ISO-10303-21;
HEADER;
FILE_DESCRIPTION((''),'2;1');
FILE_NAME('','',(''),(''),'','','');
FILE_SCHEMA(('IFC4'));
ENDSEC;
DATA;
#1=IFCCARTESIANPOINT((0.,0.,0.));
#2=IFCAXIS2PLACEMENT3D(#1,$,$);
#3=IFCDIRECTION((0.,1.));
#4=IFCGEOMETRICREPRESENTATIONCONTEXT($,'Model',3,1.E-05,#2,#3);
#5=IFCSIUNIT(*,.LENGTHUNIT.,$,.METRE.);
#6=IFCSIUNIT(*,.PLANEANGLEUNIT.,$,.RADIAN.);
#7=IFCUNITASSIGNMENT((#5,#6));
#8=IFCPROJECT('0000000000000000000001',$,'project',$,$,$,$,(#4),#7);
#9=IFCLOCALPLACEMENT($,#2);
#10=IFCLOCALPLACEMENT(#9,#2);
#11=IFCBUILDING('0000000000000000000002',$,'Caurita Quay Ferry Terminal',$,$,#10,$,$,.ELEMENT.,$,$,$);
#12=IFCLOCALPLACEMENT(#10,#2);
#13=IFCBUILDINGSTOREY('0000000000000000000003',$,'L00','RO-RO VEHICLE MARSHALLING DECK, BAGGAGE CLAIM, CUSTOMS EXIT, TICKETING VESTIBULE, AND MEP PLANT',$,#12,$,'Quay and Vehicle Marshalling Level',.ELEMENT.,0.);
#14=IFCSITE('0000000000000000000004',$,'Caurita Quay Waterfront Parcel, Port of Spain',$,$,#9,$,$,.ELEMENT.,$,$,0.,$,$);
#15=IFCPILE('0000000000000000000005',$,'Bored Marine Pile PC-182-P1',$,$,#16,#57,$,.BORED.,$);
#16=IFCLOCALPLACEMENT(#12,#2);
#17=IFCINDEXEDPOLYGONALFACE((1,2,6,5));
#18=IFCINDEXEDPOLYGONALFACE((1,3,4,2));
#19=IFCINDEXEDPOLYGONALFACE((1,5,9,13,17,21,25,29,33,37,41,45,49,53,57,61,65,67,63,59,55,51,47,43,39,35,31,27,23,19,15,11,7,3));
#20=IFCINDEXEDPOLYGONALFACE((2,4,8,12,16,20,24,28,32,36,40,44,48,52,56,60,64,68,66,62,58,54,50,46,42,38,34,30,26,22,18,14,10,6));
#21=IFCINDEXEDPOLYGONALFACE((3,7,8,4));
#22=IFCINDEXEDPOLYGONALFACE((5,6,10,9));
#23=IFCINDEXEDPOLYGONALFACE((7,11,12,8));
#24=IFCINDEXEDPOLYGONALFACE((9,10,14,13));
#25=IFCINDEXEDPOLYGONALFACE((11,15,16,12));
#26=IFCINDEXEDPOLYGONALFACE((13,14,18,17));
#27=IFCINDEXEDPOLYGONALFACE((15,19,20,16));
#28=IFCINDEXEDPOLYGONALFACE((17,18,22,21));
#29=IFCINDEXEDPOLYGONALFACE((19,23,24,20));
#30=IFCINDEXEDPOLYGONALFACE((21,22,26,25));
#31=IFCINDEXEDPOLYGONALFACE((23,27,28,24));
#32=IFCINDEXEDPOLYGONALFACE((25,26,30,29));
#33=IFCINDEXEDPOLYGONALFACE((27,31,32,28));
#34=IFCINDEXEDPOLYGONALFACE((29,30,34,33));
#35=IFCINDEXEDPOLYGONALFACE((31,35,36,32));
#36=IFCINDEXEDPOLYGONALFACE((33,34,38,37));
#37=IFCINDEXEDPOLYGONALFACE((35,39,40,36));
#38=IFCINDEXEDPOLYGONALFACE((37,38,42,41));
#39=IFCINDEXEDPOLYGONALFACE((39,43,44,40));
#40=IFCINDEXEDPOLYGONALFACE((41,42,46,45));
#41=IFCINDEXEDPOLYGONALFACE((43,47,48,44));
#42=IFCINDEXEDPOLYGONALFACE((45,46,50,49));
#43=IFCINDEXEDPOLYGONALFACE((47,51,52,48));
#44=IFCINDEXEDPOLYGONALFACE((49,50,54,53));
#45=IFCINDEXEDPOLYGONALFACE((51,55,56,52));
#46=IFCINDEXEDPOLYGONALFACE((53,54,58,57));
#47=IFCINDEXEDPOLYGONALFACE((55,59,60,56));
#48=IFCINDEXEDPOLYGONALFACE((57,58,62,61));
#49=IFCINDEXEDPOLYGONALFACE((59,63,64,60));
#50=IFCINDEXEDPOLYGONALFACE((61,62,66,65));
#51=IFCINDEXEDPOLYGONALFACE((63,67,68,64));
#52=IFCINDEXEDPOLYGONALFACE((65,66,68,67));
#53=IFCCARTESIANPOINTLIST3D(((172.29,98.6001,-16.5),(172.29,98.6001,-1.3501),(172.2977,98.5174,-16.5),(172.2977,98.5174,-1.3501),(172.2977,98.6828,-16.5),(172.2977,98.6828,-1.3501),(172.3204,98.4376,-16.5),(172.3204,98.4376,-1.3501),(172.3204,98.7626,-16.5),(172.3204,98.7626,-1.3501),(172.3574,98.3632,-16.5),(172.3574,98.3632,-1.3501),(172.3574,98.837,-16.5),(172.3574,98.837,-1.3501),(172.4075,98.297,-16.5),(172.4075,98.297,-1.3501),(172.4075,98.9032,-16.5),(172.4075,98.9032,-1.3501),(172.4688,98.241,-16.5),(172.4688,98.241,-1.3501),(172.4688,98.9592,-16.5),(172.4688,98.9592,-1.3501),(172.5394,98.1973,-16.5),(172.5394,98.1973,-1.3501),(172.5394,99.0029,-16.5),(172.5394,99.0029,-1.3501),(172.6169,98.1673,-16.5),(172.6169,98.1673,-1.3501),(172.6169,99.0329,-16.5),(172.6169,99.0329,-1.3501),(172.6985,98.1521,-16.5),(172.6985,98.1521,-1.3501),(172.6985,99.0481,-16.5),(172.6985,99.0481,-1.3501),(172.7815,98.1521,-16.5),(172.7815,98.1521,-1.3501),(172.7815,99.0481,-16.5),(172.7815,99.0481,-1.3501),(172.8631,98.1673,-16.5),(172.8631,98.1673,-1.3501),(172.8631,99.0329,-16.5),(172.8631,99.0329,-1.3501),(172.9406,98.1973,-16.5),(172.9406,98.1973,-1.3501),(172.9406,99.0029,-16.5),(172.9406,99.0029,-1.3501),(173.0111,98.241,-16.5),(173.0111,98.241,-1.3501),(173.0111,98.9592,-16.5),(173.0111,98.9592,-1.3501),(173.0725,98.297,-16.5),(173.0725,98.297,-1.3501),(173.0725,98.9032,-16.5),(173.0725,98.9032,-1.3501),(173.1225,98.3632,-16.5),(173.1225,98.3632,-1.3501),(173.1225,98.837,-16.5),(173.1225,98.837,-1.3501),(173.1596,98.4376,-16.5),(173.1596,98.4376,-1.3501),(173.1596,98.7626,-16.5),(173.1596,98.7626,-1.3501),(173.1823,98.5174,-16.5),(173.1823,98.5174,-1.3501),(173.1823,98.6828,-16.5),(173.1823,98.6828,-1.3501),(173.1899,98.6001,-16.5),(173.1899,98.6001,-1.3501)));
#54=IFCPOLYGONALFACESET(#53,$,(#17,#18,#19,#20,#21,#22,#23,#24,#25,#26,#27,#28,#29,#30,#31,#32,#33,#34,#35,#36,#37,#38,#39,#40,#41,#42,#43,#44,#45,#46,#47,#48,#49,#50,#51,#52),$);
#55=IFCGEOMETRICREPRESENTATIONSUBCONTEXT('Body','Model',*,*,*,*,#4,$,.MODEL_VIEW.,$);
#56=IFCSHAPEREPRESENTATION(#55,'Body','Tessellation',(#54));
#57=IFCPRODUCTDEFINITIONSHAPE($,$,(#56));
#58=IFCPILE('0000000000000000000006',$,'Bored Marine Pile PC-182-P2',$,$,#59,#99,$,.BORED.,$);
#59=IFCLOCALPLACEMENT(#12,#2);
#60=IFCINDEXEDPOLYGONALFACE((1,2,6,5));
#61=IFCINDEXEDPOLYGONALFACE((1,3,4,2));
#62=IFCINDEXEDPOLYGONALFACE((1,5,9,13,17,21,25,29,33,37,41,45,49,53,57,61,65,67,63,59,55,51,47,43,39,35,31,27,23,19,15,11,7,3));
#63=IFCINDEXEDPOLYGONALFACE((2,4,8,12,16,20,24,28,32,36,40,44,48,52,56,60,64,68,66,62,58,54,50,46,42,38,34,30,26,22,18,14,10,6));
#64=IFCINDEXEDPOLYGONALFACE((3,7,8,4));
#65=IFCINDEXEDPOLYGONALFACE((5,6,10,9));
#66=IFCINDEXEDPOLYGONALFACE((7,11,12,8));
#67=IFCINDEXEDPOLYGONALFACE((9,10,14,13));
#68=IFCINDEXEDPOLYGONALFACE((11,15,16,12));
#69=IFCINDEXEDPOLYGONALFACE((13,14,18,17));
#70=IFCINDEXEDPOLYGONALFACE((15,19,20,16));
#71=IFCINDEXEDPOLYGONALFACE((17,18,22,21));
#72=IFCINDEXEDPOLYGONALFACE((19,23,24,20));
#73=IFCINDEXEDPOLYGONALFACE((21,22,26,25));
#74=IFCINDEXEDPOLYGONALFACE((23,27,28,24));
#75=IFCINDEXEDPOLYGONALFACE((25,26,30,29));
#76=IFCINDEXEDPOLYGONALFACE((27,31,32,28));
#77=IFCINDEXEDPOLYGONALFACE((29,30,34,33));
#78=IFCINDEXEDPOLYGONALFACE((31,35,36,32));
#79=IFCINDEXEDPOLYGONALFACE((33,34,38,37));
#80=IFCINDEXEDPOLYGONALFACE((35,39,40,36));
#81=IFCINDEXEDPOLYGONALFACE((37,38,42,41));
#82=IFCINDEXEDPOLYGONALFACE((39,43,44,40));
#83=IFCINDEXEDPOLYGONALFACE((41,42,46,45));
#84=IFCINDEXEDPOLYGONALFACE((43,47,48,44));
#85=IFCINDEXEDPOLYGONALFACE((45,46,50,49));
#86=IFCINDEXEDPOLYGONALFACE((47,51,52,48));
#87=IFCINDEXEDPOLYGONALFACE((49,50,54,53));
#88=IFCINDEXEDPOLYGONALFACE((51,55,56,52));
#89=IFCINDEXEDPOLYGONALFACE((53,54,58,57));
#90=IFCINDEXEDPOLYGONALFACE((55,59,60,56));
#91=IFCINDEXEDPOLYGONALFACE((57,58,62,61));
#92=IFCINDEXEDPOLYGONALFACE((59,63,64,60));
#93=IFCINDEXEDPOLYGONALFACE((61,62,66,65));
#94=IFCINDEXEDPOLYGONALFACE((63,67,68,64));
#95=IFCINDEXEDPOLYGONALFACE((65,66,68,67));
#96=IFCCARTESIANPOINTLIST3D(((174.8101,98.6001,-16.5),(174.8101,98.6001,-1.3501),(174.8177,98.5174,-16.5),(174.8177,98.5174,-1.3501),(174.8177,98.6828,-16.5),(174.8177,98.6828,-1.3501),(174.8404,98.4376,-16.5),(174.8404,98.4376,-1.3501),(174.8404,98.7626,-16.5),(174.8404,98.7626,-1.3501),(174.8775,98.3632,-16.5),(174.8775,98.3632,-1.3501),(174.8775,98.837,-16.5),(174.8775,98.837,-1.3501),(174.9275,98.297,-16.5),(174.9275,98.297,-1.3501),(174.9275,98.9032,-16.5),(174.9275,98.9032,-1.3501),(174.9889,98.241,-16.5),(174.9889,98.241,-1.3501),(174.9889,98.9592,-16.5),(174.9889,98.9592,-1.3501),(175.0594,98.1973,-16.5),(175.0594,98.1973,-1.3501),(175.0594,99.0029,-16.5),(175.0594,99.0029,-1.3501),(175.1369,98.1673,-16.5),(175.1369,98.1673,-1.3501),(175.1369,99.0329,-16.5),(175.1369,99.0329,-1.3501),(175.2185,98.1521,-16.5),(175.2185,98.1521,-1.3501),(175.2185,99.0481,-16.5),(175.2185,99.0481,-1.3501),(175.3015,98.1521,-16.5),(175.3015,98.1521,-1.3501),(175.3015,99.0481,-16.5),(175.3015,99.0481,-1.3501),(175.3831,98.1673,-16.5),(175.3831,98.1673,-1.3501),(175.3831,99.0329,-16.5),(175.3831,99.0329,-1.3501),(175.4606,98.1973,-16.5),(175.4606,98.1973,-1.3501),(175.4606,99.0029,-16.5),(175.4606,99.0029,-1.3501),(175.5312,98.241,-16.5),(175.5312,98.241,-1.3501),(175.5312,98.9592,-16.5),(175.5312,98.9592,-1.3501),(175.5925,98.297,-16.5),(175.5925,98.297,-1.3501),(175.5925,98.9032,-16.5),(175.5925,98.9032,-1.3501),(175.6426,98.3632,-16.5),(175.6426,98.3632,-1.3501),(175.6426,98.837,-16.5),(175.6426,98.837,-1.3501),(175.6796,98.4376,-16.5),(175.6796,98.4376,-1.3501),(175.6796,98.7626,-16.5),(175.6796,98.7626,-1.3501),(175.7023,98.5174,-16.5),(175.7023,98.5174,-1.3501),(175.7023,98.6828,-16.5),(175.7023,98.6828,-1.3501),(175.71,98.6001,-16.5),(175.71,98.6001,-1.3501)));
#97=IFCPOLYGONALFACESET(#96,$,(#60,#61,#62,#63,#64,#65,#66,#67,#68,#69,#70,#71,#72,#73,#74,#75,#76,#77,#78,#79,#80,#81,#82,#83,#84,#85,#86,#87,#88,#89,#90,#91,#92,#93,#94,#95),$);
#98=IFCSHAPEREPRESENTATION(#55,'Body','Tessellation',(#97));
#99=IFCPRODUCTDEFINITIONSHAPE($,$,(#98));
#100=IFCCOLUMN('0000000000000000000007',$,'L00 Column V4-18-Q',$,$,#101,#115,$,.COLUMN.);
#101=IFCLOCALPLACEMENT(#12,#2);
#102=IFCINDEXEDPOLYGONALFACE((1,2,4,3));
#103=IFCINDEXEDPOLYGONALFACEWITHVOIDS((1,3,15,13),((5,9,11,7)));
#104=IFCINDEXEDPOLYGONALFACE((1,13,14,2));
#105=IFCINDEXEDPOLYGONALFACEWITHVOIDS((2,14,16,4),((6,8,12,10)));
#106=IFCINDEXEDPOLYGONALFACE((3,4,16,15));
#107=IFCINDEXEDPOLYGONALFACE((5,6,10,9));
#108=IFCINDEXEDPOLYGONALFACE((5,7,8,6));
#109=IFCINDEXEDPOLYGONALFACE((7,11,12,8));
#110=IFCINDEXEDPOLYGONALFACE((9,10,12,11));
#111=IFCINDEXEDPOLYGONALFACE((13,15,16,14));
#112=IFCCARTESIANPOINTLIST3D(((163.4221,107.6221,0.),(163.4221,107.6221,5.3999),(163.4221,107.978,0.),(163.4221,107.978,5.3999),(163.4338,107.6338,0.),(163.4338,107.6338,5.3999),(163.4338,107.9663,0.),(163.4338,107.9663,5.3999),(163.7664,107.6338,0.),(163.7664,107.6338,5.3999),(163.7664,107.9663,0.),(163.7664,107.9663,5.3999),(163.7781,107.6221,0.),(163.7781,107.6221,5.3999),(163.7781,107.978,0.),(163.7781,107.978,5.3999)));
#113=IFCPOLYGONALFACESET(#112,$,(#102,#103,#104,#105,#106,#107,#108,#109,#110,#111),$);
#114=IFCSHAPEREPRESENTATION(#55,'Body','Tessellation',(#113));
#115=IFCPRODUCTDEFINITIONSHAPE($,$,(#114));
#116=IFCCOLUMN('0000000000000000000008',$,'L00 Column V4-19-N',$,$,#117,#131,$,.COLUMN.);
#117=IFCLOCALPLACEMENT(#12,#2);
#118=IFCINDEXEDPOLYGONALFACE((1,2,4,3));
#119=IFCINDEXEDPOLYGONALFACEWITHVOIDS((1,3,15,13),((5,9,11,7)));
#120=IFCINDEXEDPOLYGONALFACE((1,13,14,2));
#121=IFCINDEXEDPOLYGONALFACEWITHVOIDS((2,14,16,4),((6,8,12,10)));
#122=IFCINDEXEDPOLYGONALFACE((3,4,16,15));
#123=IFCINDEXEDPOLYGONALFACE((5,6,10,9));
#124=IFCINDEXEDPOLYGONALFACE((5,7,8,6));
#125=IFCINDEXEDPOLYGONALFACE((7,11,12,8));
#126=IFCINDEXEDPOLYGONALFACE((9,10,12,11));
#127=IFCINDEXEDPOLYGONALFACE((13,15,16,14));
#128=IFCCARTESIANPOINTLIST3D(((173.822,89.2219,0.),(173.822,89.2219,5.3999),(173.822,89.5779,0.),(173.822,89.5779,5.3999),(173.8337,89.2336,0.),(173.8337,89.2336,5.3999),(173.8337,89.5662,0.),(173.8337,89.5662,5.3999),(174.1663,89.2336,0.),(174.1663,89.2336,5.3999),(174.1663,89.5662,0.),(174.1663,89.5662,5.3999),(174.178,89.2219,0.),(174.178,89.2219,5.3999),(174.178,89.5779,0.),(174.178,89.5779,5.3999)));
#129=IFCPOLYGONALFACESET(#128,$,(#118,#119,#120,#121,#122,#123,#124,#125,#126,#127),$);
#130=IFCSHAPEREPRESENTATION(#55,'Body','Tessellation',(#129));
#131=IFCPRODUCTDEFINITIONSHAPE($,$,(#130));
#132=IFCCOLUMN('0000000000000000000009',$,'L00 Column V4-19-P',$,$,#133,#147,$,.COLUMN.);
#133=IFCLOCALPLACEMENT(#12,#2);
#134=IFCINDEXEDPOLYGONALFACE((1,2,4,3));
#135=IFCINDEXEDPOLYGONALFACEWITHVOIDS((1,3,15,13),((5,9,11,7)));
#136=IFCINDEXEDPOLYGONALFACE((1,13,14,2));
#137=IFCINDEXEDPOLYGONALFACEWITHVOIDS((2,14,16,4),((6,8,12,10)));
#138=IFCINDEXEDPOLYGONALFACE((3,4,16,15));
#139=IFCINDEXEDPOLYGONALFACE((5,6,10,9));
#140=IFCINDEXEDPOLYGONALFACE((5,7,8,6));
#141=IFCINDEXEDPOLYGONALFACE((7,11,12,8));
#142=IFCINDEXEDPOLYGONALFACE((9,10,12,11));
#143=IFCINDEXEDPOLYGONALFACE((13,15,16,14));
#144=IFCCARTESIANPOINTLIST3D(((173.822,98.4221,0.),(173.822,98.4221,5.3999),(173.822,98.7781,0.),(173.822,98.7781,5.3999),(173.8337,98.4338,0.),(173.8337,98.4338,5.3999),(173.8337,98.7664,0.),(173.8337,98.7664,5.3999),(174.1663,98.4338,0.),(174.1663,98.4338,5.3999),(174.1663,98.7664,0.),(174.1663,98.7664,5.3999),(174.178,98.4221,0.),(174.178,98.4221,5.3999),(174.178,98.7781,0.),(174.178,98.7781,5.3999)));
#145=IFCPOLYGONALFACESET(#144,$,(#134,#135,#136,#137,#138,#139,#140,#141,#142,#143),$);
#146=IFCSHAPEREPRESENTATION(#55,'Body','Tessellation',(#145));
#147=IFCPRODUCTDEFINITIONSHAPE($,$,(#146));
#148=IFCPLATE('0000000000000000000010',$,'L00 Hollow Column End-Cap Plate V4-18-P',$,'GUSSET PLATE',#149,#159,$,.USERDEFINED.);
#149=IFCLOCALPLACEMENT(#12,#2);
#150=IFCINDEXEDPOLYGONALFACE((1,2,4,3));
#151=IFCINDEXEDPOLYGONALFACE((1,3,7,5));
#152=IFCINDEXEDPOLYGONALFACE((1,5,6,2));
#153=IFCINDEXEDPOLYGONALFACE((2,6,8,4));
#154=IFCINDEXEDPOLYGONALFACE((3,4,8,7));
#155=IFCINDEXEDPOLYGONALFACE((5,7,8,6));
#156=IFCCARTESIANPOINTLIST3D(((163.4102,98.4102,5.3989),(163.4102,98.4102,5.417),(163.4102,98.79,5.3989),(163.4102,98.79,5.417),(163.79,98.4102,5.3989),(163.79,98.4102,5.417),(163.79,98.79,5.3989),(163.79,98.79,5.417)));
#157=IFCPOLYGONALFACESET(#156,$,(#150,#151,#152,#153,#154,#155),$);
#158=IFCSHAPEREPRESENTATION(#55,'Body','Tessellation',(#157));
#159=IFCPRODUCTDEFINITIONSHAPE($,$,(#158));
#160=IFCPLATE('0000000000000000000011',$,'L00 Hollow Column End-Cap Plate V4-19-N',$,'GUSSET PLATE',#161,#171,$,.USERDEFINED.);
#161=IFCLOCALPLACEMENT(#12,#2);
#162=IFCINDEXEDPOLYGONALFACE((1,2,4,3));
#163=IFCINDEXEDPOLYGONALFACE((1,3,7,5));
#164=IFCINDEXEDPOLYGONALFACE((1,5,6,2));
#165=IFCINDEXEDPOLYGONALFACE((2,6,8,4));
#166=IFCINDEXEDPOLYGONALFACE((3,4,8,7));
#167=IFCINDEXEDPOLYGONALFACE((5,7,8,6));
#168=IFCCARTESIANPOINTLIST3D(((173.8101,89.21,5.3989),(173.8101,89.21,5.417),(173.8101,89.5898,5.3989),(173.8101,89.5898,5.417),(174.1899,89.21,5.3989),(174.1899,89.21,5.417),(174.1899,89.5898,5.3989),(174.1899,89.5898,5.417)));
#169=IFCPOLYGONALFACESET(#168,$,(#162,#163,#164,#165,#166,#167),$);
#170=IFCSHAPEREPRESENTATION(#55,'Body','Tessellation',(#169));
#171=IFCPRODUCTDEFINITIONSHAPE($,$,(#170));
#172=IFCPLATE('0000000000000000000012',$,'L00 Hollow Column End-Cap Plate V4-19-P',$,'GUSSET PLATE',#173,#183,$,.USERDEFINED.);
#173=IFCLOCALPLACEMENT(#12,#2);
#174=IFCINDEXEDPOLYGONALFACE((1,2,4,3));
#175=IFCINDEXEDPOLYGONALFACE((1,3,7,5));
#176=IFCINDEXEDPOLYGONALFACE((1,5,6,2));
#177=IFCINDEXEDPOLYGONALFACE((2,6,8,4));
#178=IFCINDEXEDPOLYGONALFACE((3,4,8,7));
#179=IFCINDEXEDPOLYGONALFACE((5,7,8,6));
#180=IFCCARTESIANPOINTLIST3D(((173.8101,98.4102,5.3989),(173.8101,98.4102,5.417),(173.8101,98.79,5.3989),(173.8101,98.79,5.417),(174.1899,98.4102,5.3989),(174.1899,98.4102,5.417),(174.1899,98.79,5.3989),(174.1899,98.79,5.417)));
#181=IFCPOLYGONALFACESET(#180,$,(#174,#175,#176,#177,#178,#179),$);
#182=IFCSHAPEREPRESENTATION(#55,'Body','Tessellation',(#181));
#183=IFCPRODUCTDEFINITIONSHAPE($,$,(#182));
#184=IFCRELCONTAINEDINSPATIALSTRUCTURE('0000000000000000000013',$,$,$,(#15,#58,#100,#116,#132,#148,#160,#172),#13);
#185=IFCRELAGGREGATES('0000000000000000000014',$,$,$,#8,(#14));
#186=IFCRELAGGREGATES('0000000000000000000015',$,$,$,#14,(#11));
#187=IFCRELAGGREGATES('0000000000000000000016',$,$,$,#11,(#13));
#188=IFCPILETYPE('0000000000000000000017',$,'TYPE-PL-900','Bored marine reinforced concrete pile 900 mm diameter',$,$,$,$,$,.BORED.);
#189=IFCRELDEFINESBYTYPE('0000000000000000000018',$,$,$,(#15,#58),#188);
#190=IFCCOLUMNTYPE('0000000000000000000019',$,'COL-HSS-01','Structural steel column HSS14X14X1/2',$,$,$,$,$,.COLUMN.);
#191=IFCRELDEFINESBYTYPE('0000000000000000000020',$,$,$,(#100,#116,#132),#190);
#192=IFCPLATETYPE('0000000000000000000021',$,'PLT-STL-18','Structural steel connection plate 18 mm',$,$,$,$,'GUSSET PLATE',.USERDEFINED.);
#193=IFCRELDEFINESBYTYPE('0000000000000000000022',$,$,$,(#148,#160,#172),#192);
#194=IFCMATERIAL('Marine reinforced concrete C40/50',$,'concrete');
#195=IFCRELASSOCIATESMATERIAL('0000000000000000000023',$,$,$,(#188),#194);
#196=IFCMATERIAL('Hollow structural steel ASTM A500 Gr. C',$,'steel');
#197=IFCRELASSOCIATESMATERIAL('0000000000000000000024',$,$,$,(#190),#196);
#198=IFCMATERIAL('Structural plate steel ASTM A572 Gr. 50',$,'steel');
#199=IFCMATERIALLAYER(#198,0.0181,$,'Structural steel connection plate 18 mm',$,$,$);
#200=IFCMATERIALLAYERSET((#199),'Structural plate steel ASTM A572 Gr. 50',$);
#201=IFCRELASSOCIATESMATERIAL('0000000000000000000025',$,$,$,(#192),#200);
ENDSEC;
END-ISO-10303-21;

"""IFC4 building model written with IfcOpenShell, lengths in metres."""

from ifc_helpers import new_model, si_unit, direction, frame, origin, origin_2d, place, context, subcontext, project, spatial, rectangle, hollow_rectangle, circle, extrude, material, layer, layer_set, material_profile, profile_set, type_object, element, save


model = new_model("IFC4")

# Units and contexts
model_context = context("Model", 3, precision=1e-05, world=origin(), true_north=direction((0.0, 1.0)))
body_context = subcontext(model_context, "Body", "Model", "MODEL_VIEW")
ifc_project = project(units=[si_unit("LENGTHUNIT", "METRE"), si_unit("PLANEANGLEUNIT", "RADIAN")], contexts=[model_context])

# Site, building, storey
site_placement = place(None, origin())
site = spatial("IfcSite", under=ifc_project, at=site_placement, Name="Caurita Quay Waterfront Parcel, Port of Spain", CompositionType="ELEMENT", RefElevation=0.0)
building_placement = place(site_placement, origin())
building = spatial("IfcBuilding", under=site, at=building_placement, Name="Caurita Quay Ferry Terminal", CompositionType="ELEMENT")
storey_placement = place(building_placement, origin())
storey = spatial("IfcBuildingStorey", under=building, at=storey_placement, Name="L00", Description="RO-RO VEHICLE MARSHALLING DECK, BAGGAGE CLAIM, CUSTOMS EXIT, TICKETING VESTIBULE, AND MEP PLANT", LongName="Quay and Vehicle Marshalling Level", CompositionType="ELEMENT", Elevation=0.0)

# Piles
ifc_material_1 = material(Name="Marine reinforced concrete C40/50", Category="concrete")
ifc_material_profile_1 = material_profile(ifc_material_1, circle(Radius=0.45, at=origin_2d()), Name="PILE-D900")
ifc_profile_set_1 = profile_set([ifc_material_profile_1], Name="Marine reinforced concrete C40/50")
pile_type = type_object("IfcPileType", Name="TYPE-PL-900", Description="Bored marine reinforced concrete pile 900 mm diameter", PredefinedType="BORED", material=ifc_profile_set_1)
for number, where, z_axis, x_axis, name in (
    (1, (172.74, 98.6001, -1.3501), (0.0, 0.0, -1.0), (1.0, 0.0, 0.0), "Bored Marine Pile PC-182-P1"),
    (2, (175.26, 98.6001, -1.3501), (0.0, 0.0, -1.0), (1.0, 0.0, 0.0), "Bored Marine Pile PC-182-P2"),
):
    element("IfcPile", number, at=place(storey_placement, frame(where, z_axis=z_axis, x_axis=x_axis)), inside=storey, type_object=pile_type, Name=name, PredefinedType="BORED", context=body_context, shape_type="SweptSolid", body=[
        extrude(circle(Radius=0.45, at=origin_2d()), origin(), (0.0, 0.0, 1.0), 15.1499),
    ])

# Columns
ifc_material_2 = material(Name="Hollow structural steel ASTM A500 Gr. C", Category="steel")
ifc_material_profile_2 = material_profile(ifc_material_2, hollow_rectangle(XDim=0.356, YDim=0.356, WallThickness=0.0117, at=origin_2d()), Name="HSS14X14X1/2")
ifc_profile_set_2 = profile_set([ifc_material_profile_2], Name="Hollow structural steel ASTM A500 Gr. C")
column_type = type_object("IfcColumnType", Name="COL-HSS-01", Description="Structural steel column HSS14X14X1/2", PredefinedType="COLUMN", material=ifc_profile_set_2)
for number, where, z_axis, x_axis, name in (
    (3, (163.6001, 107.8, 0.0), (0.0, 0.0, 1.0), (1.0, 0.0, 0.0), "L00 Column V4-18-Q"),
    (4, (174.0, 89.3999, 0.0), (0.0, 0.0, 1.0), (1.0, 0.0, 0.0), "L00 Column V4-19-N"),
    (5, (174.0, 98.6001, 0.0), (0.0, 0.0, 1.0), (1.0, 0.0, 0.0), "L00 Column V4-19-P"),
):
    element("IfcColumn", number, at=place(storey_placement, frame(where, z_axis=z_axis, x_axis=x_axis)), inside=storey, type_object=column_type, Name=name, PredefinedType="COLUMN", context=body_context, shape_type="SweptSolid", body=[
        extrude(hollow_rectangle(XDim=0.356, YDim=0.356, WallThickness=0.0117, at=origin_2d()), origin(), (0.0, 0.0, 1.0), 5.3999),
    ])

# Plates
ifc_material_3 = material(Name="Structural plate steel ASTM A572 Gr. 50", Category="steel")
ifc_layer_1 = layer(ifc_material_3, 0.0181, Name="Structural steel connection plate 18 mm")
ifc_layer_set_1 = layer_set([ifc_layer_1], Name="Structural plate steel ASTM A572 Gr. 50")
plate_type = type_object("IfcPlateType", Name="PLT-STL-18", Description="Structural steel connection plate 18 mm", ElementType="GUSSET PLATE", PredefinedType="USERDEFINED", material=ifc_layer_set_1)
for number, where, z_axis, x_axis, name in (
    (6, (163.6001, 98.6001, 5.3989), (0.0, 0.0, 1.0), (1.0, 0.0, 0.0), "L00 Hollow Column End-Cap Plate V4-18-P"),
    (7, (174.0, 89.3999, 5.3989), (0.0, 0.0, 1.0), (1.0, 0.0, 0.0), "L00 Hollow Column End-Cap Plate V4-19-N"),
    (8, (174.0, 98.6001, 5.3989), (0.0, 0.0, 1.0), (1.0, 0.0, 0.0), "L00 Hollow Column End-Cap Plate V4-19-P"),
):
    element("IfcPlate", number, at=place(storey_placement, frame(where, z_axis=z_axis, x_axis=x_axis)), inside=storey, type_object=plate_type, Name=name, ObjectType="GUSSET PLATE", PredefinedType="USERDEFINED", context=body_context, shape_type="SweptSolid", body=[
        extrude(rectangle(XDim=0.3799, YDim=0.3799, at=origin_2d()), origin(), (0.0, 0.0, 1.0), 0.0181),
    ])

save(model, "model.ifc")
